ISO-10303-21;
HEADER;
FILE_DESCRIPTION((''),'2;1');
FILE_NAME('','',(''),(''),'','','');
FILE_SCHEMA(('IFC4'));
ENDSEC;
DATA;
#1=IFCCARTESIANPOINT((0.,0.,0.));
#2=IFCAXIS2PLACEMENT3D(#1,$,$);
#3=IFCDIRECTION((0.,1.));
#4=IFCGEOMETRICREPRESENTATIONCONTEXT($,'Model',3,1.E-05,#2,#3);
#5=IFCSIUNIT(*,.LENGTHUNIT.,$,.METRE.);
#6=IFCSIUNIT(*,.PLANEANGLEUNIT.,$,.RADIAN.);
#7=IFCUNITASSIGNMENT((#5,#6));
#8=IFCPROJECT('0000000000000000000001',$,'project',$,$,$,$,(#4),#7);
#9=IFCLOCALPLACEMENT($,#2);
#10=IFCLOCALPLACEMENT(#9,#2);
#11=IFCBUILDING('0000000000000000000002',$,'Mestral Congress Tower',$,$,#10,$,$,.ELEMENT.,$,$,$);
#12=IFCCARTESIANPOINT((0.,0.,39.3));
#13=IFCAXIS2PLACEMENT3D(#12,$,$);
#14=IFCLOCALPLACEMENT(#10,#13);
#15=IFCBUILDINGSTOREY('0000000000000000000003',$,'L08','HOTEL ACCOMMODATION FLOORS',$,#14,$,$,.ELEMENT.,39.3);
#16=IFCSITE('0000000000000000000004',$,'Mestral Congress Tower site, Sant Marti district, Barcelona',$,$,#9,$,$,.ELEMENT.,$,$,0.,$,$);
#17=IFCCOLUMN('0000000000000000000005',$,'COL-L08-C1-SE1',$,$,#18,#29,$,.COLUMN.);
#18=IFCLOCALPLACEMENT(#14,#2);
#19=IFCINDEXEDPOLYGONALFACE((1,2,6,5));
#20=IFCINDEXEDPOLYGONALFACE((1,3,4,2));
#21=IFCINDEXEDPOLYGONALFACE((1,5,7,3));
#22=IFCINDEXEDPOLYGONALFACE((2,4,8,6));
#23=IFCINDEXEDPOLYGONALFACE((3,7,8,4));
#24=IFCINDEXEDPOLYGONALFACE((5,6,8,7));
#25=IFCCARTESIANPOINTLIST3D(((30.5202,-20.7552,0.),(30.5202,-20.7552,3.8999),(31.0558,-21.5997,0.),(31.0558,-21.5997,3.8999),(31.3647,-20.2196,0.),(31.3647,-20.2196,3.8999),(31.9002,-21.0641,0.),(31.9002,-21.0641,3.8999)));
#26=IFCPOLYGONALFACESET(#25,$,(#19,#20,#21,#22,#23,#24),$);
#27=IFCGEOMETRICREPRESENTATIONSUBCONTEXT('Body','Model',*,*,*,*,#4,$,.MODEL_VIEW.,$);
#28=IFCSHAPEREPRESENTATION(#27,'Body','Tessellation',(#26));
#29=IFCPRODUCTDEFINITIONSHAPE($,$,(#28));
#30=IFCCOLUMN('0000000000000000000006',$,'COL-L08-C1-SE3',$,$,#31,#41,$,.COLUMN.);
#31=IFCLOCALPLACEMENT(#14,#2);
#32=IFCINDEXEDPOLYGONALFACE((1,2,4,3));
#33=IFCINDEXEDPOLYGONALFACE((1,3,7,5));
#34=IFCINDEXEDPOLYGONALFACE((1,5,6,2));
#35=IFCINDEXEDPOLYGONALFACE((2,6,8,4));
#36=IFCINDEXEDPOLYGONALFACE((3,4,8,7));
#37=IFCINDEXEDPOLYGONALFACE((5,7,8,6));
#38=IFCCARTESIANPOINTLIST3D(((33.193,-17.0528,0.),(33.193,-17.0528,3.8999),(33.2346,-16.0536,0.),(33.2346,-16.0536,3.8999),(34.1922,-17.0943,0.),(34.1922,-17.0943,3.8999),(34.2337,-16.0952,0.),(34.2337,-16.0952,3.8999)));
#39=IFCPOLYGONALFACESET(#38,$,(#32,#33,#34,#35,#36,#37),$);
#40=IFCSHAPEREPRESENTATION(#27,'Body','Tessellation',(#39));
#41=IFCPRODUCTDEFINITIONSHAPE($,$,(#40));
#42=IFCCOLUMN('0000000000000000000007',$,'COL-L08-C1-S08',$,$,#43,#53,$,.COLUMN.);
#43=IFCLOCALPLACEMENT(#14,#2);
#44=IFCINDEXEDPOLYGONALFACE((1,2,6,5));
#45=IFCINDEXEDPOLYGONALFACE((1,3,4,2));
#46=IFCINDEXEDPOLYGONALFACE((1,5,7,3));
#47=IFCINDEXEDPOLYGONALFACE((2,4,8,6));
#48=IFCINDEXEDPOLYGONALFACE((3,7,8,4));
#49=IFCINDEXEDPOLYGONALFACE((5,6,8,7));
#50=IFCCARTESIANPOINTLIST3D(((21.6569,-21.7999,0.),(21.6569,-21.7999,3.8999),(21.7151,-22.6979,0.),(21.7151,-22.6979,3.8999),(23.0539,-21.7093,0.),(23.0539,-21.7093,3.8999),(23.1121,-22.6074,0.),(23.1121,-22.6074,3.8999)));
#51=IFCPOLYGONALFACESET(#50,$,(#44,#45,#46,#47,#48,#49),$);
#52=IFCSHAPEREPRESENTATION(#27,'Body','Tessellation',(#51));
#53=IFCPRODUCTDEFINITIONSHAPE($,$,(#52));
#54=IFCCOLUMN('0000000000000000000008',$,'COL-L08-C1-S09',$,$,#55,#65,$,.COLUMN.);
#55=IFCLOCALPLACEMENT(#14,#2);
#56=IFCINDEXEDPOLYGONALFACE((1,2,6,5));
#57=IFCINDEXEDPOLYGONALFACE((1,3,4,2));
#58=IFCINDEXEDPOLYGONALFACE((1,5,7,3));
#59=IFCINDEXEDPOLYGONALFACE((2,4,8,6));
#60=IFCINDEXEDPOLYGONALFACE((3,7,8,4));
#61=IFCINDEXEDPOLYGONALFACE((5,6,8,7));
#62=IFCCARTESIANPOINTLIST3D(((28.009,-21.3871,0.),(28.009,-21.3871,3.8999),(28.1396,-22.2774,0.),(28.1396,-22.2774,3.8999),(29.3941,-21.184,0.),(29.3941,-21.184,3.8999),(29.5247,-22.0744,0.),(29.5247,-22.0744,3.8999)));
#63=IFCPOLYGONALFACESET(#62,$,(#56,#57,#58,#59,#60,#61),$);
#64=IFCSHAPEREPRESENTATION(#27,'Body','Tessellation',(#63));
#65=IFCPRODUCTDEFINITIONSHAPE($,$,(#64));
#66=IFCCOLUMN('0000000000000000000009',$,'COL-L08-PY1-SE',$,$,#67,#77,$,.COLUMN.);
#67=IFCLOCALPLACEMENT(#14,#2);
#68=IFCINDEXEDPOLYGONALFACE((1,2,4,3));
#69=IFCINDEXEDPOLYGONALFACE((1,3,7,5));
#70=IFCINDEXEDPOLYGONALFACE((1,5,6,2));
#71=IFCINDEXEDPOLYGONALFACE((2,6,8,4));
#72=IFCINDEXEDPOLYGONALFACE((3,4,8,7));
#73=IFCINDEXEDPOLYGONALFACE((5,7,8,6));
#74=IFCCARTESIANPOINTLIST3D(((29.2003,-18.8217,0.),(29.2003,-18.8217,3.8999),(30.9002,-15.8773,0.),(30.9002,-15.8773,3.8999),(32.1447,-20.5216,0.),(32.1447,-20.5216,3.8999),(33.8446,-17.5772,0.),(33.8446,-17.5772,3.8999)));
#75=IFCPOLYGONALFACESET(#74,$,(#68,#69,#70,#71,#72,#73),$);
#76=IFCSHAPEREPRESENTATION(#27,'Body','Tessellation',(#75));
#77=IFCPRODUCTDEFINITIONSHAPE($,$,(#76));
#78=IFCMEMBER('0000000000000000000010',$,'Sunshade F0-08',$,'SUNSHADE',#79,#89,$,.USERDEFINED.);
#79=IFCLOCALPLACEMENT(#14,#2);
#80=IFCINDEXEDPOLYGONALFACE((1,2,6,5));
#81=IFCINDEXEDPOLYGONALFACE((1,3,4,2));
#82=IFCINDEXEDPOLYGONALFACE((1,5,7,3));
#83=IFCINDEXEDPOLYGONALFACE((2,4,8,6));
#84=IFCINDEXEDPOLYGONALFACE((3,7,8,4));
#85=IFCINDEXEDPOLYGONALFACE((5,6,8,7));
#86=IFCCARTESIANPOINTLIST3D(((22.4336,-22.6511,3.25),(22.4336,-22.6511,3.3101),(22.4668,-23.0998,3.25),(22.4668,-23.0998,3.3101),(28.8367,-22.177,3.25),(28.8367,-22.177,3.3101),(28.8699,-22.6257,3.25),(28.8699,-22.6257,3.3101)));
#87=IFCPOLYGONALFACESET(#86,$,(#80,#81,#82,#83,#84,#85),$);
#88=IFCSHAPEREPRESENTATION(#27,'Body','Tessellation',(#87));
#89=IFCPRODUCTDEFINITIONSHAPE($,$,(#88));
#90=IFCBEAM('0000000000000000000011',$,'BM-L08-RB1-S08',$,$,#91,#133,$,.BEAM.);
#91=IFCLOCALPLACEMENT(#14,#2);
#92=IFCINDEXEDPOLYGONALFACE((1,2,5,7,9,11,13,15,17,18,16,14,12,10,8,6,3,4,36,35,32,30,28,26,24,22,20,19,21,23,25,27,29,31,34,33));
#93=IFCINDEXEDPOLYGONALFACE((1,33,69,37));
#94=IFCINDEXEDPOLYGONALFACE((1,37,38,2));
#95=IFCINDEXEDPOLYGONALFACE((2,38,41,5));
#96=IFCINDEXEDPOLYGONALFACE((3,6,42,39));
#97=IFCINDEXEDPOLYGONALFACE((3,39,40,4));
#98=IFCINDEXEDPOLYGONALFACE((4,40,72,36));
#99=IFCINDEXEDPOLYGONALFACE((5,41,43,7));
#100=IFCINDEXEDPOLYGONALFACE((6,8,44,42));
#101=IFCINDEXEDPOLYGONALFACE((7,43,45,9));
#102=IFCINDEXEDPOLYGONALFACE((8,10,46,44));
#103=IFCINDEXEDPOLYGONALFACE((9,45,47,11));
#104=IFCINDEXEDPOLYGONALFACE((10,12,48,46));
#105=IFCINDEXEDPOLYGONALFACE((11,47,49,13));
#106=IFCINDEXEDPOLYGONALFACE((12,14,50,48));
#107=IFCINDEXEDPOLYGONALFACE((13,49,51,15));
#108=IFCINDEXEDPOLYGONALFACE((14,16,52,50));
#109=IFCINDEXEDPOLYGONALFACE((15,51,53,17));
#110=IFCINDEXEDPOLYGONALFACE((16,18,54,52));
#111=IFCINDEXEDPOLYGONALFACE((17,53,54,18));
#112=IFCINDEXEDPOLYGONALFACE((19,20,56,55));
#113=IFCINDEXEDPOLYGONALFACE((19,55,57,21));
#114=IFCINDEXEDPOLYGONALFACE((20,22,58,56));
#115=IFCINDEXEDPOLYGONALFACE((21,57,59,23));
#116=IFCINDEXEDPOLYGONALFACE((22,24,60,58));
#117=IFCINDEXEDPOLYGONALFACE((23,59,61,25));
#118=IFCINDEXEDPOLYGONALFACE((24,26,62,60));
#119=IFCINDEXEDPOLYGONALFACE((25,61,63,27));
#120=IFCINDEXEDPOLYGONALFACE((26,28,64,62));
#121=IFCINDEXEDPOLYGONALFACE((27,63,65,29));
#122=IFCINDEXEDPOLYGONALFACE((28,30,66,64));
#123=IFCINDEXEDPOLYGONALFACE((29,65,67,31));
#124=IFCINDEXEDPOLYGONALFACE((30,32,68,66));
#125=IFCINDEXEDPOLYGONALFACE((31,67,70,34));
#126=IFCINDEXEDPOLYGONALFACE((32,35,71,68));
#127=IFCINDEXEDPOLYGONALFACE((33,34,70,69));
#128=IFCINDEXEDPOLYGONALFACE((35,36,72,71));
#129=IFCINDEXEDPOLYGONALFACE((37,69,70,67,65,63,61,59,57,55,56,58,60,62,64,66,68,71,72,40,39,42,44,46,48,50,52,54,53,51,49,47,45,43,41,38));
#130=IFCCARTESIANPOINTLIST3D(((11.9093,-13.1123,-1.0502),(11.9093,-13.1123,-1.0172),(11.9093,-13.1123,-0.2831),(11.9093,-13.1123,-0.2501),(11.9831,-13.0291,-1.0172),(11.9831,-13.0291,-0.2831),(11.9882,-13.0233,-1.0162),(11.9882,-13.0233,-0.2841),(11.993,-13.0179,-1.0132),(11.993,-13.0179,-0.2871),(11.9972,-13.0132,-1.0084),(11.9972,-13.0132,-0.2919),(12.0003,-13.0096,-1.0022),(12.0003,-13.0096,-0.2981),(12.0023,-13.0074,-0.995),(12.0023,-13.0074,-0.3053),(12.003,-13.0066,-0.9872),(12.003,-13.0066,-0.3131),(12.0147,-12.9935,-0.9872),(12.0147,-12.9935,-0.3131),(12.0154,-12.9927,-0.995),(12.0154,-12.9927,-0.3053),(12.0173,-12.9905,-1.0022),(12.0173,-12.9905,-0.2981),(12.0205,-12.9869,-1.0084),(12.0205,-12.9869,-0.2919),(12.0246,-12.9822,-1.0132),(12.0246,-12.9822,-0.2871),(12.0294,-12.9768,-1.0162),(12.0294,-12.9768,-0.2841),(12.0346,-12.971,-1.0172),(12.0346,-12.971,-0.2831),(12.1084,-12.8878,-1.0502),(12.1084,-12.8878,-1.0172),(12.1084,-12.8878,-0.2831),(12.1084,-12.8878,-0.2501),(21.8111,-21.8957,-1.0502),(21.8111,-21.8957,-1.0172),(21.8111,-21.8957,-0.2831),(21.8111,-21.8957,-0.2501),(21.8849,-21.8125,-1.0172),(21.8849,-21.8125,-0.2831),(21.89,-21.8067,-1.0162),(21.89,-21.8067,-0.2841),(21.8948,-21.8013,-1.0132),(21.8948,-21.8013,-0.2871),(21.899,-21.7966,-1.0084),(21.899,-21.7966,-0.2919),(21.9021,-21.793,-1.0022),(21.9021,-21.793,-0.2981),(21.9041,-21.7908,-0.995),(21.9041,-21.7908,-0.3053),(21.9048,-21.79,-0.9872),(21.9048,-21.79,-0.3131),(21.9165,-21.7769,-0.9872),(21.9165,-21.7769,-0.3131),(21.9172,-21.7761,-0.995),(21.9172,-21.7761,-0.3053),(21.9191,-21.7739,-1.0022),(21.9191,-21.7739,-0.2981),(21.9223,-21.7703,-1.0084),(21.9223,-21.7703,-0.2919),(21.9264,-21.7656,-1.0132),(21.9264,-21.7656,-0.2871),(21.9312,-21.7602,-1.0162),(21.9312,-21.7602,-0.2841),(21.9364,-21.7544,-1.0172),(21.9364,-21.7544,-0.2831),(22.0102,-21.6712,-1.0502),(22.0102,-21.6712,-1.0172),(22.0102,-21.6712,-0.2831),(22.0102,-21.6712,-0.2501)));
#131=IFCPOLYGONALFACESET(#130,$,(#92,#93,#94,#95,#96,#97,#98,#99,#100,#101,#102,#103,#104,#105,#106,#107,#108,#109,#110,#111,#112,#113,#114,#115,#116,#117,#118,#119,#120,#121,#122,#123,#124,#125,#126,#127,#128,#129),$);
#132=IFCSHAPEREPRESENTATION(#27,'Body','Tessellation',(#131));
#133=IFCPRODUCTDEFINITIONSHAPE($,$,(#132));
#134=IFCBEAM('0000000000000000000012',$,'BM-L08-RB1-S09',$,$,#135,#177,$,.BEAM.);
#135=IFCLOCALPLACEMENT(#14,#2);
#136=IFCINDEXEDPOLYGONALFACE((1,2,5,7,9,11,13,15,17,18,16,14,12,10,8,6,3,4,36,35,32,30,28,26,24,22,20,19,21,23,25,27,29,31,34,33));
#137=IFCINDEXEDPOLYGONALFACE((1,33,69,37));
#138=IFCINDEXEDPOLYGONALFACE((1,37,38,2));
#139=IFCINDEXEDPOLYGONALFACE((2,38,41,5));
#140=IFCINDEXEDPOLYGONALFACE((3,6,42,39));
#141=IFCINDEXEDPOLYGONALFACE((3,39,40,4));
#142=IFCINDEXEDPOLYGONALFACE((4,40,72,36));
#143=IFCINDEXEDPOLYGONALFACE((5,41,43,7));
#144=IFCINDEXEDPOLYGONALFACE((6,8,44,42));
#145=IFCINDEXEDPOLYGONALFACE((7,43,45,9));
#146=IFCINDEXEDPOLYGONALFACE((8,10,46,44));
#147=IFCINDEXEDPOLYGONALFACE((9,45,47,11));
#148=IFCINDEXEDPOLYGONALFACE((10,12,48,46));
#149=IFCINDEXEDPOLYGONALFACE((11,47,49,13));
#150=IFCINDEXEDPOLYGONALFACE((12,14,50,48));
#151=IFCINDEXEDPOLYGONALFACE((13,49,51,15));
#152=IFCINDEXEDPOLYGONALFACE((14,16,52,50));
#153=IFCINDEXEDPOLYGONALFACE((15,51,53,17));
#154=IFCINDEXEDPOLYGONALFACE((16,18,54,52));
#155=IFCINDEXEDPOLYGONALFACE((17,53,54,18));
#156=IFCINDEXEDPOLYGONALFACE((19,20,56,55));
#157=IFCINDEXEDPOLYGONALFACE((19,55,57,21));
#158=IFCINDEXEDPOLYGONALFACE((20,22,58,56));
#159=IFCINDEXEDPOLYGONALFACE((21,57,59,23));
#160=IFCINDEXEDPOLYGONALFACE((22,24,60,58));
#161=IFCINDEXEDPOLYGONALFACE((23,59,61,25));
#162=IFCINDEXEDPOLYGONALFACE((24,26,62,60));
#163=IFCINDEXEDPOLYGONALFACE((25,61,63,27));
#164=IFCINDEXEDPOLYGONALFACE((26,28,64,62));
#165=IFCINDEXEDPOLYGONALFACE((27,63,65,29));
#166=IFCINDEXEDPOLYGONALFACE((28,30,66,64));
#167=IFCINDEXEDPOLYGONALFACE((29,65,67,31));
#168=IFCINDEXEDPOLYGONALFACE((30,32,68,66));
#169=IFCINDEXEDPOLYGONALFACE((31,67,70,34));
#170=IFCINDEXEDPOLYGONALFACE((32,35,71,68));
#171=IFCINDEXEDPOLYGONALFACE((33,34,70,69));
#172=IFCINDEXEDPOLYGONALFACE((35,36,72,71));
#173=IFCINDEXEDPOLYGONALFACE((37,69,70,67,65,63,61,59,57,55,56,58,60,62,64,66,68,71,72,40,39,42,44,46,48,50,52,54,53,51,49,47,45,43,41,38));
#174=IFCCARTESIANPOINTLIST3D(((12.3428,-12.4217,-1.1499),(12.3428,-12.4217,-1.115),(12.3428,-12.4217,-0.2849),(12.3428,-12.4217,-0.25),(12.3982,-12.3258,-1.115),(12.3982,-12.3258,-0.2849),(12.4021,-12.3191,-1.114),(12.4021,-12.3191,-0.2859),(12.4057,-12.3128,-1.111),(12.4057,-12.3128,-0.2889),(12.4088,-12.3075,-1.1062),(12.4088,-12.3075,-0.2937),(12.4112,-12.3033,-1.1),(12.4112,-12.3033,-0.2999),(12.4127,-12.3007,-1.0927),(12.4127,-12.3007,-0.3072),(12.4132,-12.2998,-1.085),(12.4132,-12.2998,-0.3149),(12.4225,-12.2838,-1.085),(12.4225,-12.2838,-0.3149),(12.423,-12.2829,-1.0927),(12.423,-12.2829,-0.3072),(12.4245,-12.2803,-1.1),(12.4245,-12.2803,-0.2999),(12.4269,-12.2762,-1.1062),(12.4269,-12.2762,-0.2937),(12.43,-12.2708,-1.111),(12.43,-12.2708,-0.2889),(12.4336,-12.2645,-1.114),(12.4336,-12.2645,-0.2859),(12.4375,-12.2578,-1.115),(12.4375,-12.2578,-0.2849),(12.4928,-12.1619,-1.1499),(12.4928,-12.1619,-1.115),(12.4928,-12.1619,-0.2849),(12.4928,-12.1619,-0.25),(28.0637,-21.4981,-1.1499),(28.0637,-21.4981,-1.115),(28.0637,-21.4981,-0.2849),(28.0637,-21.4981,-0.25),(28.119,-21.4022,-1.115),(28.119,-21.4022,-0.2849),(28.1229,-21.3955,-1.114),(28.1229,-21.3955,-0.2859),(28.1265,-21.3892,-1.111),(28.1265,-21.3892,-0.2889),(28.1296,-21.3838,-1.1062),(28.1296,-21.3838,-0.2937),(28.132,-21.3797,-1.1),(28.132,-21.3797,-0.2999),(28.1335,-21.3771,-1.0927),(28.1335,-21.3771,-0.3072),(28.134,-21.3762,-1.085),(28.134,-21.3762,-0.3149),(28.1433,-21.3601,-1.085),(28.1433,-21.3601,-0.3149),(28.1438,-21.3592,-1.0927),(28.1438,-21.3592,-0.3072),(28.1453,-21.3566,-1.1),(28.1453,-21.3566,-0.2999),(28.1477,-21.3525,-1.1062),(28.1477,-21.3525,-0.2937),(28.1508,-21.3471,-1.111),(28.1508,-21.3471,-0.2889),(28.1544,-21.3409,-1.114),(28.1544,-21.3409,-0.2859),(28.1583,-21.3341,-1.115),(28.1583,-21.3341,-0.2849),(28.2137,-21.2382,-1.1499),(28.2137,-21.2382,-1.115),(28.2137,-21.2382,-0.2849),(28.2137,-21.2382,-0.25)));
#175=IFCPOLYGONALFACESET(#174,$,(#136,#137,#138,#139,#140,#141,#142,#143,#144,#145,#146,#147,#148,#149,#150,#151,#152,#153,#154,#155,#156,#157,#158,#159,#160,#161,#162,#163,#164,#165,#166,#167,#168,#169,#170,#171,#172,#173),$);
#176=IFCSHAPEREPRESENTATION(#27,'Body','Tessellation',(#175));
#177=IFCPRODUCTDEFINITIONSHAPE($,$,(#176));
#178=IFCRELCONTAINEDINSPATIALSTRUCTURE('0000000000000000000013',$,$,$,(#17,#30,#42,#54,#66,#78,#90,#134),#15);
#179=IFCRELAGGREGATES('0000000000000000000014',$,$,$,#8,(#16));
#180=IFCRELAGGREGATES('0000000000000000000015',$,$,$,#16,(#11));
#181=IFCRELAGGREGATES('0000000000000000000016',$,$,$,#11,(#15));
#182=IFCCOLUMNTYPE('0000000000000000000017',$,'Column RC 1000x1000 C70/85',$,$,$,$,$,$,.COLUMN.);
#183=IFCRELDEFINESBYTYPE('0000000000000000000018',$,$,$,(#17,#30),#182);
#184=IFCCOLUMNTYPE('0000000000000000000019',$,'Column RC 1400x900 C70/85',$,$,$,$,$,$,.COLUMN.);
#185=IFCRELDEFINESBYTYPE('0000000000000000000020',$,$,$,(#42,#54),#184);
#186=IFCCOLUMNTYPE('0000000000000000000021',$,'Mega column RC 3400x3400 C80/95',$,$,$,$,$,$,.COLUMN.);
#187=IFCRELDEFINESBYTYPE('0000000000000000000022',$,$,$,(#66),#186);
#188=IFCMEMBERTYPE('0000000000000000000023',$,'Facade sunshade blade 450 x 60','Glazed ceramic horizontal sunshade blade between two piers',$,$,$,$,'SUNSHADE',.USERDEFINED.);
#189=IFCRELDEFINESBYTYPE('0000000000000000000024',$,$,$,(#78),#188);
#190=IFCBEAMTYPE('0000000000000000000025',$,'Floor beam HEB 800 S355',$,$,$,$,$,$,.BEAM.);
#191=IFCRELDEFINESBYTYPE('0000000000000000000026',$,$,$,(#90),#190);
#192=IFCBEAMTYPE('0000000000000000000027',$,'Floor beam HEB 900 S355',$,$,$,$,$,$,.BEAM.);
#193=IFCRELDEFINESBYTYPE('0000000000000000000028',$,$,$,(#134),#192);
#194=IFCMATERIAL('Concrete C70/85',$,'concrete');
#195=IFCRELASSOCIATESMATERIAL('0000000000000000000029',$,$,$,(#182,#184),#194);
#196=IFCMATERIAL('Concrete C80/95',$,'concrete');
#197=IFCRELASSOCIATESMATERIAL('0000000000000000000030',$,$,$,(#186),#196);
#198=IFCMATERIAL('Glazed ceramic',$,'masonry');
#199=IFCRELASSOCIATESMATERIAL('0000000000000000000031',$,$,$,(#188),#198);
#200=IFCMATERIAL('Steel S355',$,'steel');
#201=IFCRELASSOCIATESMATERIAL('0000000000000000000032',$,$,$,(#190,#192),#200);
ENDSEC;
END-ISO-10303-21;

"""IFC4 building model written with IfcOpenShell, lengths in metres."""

from ifc_helpers import new_model, si_unit, direction, frame, origin, origin_2d, place, context, subcontext, project, spatial, rectangle, i_section, extrude, material, material_profile, profile_set, type_object, element, save


model = new_model("IFC4")

# Units and contexts
model_context = context("Model", 3, precision=1e-05, world=origin(), true_north=direction((0.0, 1.0)))
body_context = subcontext(model_context, "Body", "Model", "MODEL_VIEW")
ifc_project = project(units=[si_unit("LENGTHUNIT", "METRE"), si_unit("PLANEANGLEUNIT", "RADIAN")], contexts=[model_context])

# Site, building, storey
site_placement = place(None, origin())
site = spatial("IfcSite", under=ifc_project, at=site_placement, Name="Mestral Congress Tower site, Sant Marti district, Barcelona", CompositionType="ELEMENT", RefElevation=0.0)
building_placement = place(site_placement, origin())
building = spatial("IfcBuilding", under=site, at=building_placement, Name="Mestral Congress Tower", CompositionType="ELEMENT")
storey_placement = place(building_placement, frame((0.0, 0.0, 39.3)))
storey = spatial("IfcBuildingStorey", under=building, at=storey_placement, Name="L08", Description="HOTEL ACCOMMODATION FLOORS", CompositionType="ELEMENT", Elevation=39.3)

# Columns
ifc_material_1 = material(Name="Concrete C70/85", Category="concrete")
ifc_material_profile_1 = material_profile(ifc_material_1, rectangle(XDim=1.0, YDim=1.0, at=origin_2d()), Name="RC 1000x1000")
ifc_profile_set_1 = profile_set([ifc_material_profile_1], Name="Concrete C70/85")
column_type_1 = type_object("IfcColumnType", Name="Column RC 1000x1000 C70/85", PredefinedType="COLUMN", material=ifc_profile_set_1)
for number, where, z_axis, x_axis, name in (
    (1, (31.2102, -20.9097, 0.0), (0.0, 0.0, 1.0), (0.844485, 0.535579, 0.0), "COL-L08-C1-SE1"),
    (2, (33.7134, -16.574, 0.0), (0.0, 0.0, 1.0), (0.041583, 0.999135, 0.0), "COL-L08-C1-SE3"),
):
    element("IfcColumn", number, at=place(storey_placement, frame(where, z_axis=z_axis, x_axis=x_axis)), inside=storey, type_object=column_type_1, Name=name, PredefinedType="COLUMN", context=body_context, shape_type="SweptSolid", body=[
        extrude(rectangle(XDim=1.0, YDim=1.0, at=origin_2d()), origin(), (0.0, 0.0, 1.0), 3.8999),
    ])
ifc_material_profile_2 = material_profile(ifc_material_1, rectangle(XDim=1.3999, YDim=0.8999, at=origin_2d()), Name="RC 1400x900")
ifc_profile_set_2 = profile_set([ifc_material_profile_2], Name="Concrete C70/85")
column_type_2 = type_object("IfcColumnType", Name="Column RC 1400x900 C70/85", PredefinedType="COLUMN", material=ifc_profile_set_2)
for number, where, z_axis, x_axis, name in (
    (3, (22.3845, -22.2036, 0.0), (0.0, 0.0, 1.0), (0.997908, 0.064658, 0.0), "COL-L08-C1-S08"),
    (4, (28.7668, -21.7307, 0.0), (0.0, 0.0, 1.0), (0.989424, 0.145056, 0.0), "COL-L08-C1-S09"),
):
    element("IfcColumn", number, at=place(storey_placement, frame(where, z_axis=z_axis, x_axis=x_axis)), inside=storey, type_object=column_type_2, Name=name, PredefinedType="COLUMN", context=body_context, shape_type="SweptSolid", body=[
        extrude(rectangle(XDim=1.3999, YDim=0.8999, at=origin_2d()), origin(), (0.0, 0.0, 1.0), 3.8999),
    ])
ifc_material_2 = material(Name="Concrete C80/95", Category="concrete")
ifc_material_profile_3 = material_profile(ifc_material_2, rectangle(XDim=3.3999, YDim=3.3999, at=origin_2d()), Name="RC 3400x3400")
ifc_profile_set_3 = profile_set([ifc_material_profile_3], Name="Concrete C80/95")
column_type_3 = type_object("IfcColumnType", Name="Mega column RC 3400x3400 C80/95", PredefinedType="COLUMN", material=ifc_profile_set_3)
column_placement = place(storey_placement, frame((31.5225, -18.1995, 0.0), z_axis=(0.0, 0.0, 1.0), x_axis=(0.866025, -0.5, 0.0)))
element("IfcColumn", 5, at=column_placement, inside=storey, type_object=column_type_3, Name="COL-L08-PY1-SE", PredefinedType="COLUMN", context=body_context, shape_type="SweptSolid", body=[
    extrude(rectangle(XDim=3.3999, YDim=3.3999, at=origin_2d()), origin(), (0.0, 0.0, 1.0), 3.8999),
])

# Member
ifc_material_3 = material(Name="Glazed ceramic", Category="masonry")
ifc_material_profile_4 = material_profile(ifc_material_3, rectangle(XDim=0.45, YDim=0.0601, at=origin_2d()), Name="Ceramic blade 450 x 60")
ifc_profile_set_4 = profile_set([ifc_material_profile_4], Name="Glazed ceramic")
member_type = type_object("IfcMemberType", Name="Facade sunshade blade 450 x 60", Description="Glazed ceramic horizontal sunshade blade between two piers", ElementType="SUNSHADE", PredefinedType="USERDEFINED", material=ifc_profile_set_4)
member_placement = place(storey_placement, frame((22.4502, -22.8755, 3.28), z_axis=(0.99727, 0.073844, 0.0), x_axis=(-0.073844, 0.99727, 0.0)))
element("IfcMember", 6, at=member_placement, inside=storey, type_object=member_type, Name="Sunshade F0-08", ObjectType="SUNSHADE", PredefinedType="USERDEFINED", context=body_context, shape_type="SweptSolid", body=[
    extrude(rectangle(XDim=0.45, YDim=0.0601, at=origin_2d()), origin(), (0.0, 0.0, 1.0), 6.4207),
])

# Beams
ifc_material_4 = material(Name="Steel S355", Category="steel")
ifc_material_profile_5 = material_profile(ifc_material_4, i_section(OverallWidth=0.3, OverallDepth=0.8, WebThickness=0.0176, FlangeThickness=0.033, FilletRadius=0.03, at=origin_2d()), Name="HEB 800")
ifc_profile_set_5 = profile_set([ifc_material_profile_5], Name="Steel S355")
beam_type_1 = type_object("IfcBeamType", Name="Floor beam HEB 800 S355", PredefinedType="BEAM", material=ifc_profile_set_5)
beam_1_placement = place(storey_placement, frame((21.9106, -21.7834, -0.6501), z_axis=(-0.748092, 0.663595, 0.0), x_axis=(-0.663595, -0.748092, 0.0)))
element("IfcBeam", 7, at=beam_1_placement, inside=storey, type_object=beam_type_1, Name="BM-L08-RB1-S08", PredefinedType="BEAM", context=body_context, shape_type="SweptSolid", body=[
    extrude(i_section(OverallWidth=0.3, OverallDepth=0.8, WebThickness=0.0176, FlangeThickness=0.033, FilletRadius=0.03, at=origin_2d()), origin(), (0.0, 0.0, 1.0), 13.2361),
])
ifc_material_profile_6 = material_profile(ifc_material_4, i_section(OverallWidth=0.3, OverallDepth=0.8999, WebThickness=0.0186, FlangeThickness=0.0349, FilletRadius=0.03, at=origin_2d()), Name="HEB 900")
ifc_profile_set_6 = profile_set([ifc_material_profile_6], Name="Steel S355")
beam_type_2 = type_object("IfcBeamType", Name="Floor beam HEB 900 S355", PredefinedType="BEAM", material=ifc_profile_set_6)
beam_2_placement = place(storey_placement, frame((28.1387, -21.3682, -0.7), z_axis=(-0.866027, 0.499997, 0.0), x_axis=(-0.499997, -0.866027, 0.0)))
element("IfcBeam", 8, at=beam_2_placement, inside=storey, type_object=beam_type_2, Name="BM-L08-RB1-S09", PredefinedType="BEAM", context=body_context, shape_type="SweptSolid", body=[
    extrude(i_section(OverallWidth=0.3, OverallDepth=0.8999, WebThickness=0.0186, FlangeThickness=0.0349, FilletRadius=0.03, at=origin_2d()), origin(), (0.0, 0.0, 1.0), 18.1528),
])

save(model, "model.ifc")
